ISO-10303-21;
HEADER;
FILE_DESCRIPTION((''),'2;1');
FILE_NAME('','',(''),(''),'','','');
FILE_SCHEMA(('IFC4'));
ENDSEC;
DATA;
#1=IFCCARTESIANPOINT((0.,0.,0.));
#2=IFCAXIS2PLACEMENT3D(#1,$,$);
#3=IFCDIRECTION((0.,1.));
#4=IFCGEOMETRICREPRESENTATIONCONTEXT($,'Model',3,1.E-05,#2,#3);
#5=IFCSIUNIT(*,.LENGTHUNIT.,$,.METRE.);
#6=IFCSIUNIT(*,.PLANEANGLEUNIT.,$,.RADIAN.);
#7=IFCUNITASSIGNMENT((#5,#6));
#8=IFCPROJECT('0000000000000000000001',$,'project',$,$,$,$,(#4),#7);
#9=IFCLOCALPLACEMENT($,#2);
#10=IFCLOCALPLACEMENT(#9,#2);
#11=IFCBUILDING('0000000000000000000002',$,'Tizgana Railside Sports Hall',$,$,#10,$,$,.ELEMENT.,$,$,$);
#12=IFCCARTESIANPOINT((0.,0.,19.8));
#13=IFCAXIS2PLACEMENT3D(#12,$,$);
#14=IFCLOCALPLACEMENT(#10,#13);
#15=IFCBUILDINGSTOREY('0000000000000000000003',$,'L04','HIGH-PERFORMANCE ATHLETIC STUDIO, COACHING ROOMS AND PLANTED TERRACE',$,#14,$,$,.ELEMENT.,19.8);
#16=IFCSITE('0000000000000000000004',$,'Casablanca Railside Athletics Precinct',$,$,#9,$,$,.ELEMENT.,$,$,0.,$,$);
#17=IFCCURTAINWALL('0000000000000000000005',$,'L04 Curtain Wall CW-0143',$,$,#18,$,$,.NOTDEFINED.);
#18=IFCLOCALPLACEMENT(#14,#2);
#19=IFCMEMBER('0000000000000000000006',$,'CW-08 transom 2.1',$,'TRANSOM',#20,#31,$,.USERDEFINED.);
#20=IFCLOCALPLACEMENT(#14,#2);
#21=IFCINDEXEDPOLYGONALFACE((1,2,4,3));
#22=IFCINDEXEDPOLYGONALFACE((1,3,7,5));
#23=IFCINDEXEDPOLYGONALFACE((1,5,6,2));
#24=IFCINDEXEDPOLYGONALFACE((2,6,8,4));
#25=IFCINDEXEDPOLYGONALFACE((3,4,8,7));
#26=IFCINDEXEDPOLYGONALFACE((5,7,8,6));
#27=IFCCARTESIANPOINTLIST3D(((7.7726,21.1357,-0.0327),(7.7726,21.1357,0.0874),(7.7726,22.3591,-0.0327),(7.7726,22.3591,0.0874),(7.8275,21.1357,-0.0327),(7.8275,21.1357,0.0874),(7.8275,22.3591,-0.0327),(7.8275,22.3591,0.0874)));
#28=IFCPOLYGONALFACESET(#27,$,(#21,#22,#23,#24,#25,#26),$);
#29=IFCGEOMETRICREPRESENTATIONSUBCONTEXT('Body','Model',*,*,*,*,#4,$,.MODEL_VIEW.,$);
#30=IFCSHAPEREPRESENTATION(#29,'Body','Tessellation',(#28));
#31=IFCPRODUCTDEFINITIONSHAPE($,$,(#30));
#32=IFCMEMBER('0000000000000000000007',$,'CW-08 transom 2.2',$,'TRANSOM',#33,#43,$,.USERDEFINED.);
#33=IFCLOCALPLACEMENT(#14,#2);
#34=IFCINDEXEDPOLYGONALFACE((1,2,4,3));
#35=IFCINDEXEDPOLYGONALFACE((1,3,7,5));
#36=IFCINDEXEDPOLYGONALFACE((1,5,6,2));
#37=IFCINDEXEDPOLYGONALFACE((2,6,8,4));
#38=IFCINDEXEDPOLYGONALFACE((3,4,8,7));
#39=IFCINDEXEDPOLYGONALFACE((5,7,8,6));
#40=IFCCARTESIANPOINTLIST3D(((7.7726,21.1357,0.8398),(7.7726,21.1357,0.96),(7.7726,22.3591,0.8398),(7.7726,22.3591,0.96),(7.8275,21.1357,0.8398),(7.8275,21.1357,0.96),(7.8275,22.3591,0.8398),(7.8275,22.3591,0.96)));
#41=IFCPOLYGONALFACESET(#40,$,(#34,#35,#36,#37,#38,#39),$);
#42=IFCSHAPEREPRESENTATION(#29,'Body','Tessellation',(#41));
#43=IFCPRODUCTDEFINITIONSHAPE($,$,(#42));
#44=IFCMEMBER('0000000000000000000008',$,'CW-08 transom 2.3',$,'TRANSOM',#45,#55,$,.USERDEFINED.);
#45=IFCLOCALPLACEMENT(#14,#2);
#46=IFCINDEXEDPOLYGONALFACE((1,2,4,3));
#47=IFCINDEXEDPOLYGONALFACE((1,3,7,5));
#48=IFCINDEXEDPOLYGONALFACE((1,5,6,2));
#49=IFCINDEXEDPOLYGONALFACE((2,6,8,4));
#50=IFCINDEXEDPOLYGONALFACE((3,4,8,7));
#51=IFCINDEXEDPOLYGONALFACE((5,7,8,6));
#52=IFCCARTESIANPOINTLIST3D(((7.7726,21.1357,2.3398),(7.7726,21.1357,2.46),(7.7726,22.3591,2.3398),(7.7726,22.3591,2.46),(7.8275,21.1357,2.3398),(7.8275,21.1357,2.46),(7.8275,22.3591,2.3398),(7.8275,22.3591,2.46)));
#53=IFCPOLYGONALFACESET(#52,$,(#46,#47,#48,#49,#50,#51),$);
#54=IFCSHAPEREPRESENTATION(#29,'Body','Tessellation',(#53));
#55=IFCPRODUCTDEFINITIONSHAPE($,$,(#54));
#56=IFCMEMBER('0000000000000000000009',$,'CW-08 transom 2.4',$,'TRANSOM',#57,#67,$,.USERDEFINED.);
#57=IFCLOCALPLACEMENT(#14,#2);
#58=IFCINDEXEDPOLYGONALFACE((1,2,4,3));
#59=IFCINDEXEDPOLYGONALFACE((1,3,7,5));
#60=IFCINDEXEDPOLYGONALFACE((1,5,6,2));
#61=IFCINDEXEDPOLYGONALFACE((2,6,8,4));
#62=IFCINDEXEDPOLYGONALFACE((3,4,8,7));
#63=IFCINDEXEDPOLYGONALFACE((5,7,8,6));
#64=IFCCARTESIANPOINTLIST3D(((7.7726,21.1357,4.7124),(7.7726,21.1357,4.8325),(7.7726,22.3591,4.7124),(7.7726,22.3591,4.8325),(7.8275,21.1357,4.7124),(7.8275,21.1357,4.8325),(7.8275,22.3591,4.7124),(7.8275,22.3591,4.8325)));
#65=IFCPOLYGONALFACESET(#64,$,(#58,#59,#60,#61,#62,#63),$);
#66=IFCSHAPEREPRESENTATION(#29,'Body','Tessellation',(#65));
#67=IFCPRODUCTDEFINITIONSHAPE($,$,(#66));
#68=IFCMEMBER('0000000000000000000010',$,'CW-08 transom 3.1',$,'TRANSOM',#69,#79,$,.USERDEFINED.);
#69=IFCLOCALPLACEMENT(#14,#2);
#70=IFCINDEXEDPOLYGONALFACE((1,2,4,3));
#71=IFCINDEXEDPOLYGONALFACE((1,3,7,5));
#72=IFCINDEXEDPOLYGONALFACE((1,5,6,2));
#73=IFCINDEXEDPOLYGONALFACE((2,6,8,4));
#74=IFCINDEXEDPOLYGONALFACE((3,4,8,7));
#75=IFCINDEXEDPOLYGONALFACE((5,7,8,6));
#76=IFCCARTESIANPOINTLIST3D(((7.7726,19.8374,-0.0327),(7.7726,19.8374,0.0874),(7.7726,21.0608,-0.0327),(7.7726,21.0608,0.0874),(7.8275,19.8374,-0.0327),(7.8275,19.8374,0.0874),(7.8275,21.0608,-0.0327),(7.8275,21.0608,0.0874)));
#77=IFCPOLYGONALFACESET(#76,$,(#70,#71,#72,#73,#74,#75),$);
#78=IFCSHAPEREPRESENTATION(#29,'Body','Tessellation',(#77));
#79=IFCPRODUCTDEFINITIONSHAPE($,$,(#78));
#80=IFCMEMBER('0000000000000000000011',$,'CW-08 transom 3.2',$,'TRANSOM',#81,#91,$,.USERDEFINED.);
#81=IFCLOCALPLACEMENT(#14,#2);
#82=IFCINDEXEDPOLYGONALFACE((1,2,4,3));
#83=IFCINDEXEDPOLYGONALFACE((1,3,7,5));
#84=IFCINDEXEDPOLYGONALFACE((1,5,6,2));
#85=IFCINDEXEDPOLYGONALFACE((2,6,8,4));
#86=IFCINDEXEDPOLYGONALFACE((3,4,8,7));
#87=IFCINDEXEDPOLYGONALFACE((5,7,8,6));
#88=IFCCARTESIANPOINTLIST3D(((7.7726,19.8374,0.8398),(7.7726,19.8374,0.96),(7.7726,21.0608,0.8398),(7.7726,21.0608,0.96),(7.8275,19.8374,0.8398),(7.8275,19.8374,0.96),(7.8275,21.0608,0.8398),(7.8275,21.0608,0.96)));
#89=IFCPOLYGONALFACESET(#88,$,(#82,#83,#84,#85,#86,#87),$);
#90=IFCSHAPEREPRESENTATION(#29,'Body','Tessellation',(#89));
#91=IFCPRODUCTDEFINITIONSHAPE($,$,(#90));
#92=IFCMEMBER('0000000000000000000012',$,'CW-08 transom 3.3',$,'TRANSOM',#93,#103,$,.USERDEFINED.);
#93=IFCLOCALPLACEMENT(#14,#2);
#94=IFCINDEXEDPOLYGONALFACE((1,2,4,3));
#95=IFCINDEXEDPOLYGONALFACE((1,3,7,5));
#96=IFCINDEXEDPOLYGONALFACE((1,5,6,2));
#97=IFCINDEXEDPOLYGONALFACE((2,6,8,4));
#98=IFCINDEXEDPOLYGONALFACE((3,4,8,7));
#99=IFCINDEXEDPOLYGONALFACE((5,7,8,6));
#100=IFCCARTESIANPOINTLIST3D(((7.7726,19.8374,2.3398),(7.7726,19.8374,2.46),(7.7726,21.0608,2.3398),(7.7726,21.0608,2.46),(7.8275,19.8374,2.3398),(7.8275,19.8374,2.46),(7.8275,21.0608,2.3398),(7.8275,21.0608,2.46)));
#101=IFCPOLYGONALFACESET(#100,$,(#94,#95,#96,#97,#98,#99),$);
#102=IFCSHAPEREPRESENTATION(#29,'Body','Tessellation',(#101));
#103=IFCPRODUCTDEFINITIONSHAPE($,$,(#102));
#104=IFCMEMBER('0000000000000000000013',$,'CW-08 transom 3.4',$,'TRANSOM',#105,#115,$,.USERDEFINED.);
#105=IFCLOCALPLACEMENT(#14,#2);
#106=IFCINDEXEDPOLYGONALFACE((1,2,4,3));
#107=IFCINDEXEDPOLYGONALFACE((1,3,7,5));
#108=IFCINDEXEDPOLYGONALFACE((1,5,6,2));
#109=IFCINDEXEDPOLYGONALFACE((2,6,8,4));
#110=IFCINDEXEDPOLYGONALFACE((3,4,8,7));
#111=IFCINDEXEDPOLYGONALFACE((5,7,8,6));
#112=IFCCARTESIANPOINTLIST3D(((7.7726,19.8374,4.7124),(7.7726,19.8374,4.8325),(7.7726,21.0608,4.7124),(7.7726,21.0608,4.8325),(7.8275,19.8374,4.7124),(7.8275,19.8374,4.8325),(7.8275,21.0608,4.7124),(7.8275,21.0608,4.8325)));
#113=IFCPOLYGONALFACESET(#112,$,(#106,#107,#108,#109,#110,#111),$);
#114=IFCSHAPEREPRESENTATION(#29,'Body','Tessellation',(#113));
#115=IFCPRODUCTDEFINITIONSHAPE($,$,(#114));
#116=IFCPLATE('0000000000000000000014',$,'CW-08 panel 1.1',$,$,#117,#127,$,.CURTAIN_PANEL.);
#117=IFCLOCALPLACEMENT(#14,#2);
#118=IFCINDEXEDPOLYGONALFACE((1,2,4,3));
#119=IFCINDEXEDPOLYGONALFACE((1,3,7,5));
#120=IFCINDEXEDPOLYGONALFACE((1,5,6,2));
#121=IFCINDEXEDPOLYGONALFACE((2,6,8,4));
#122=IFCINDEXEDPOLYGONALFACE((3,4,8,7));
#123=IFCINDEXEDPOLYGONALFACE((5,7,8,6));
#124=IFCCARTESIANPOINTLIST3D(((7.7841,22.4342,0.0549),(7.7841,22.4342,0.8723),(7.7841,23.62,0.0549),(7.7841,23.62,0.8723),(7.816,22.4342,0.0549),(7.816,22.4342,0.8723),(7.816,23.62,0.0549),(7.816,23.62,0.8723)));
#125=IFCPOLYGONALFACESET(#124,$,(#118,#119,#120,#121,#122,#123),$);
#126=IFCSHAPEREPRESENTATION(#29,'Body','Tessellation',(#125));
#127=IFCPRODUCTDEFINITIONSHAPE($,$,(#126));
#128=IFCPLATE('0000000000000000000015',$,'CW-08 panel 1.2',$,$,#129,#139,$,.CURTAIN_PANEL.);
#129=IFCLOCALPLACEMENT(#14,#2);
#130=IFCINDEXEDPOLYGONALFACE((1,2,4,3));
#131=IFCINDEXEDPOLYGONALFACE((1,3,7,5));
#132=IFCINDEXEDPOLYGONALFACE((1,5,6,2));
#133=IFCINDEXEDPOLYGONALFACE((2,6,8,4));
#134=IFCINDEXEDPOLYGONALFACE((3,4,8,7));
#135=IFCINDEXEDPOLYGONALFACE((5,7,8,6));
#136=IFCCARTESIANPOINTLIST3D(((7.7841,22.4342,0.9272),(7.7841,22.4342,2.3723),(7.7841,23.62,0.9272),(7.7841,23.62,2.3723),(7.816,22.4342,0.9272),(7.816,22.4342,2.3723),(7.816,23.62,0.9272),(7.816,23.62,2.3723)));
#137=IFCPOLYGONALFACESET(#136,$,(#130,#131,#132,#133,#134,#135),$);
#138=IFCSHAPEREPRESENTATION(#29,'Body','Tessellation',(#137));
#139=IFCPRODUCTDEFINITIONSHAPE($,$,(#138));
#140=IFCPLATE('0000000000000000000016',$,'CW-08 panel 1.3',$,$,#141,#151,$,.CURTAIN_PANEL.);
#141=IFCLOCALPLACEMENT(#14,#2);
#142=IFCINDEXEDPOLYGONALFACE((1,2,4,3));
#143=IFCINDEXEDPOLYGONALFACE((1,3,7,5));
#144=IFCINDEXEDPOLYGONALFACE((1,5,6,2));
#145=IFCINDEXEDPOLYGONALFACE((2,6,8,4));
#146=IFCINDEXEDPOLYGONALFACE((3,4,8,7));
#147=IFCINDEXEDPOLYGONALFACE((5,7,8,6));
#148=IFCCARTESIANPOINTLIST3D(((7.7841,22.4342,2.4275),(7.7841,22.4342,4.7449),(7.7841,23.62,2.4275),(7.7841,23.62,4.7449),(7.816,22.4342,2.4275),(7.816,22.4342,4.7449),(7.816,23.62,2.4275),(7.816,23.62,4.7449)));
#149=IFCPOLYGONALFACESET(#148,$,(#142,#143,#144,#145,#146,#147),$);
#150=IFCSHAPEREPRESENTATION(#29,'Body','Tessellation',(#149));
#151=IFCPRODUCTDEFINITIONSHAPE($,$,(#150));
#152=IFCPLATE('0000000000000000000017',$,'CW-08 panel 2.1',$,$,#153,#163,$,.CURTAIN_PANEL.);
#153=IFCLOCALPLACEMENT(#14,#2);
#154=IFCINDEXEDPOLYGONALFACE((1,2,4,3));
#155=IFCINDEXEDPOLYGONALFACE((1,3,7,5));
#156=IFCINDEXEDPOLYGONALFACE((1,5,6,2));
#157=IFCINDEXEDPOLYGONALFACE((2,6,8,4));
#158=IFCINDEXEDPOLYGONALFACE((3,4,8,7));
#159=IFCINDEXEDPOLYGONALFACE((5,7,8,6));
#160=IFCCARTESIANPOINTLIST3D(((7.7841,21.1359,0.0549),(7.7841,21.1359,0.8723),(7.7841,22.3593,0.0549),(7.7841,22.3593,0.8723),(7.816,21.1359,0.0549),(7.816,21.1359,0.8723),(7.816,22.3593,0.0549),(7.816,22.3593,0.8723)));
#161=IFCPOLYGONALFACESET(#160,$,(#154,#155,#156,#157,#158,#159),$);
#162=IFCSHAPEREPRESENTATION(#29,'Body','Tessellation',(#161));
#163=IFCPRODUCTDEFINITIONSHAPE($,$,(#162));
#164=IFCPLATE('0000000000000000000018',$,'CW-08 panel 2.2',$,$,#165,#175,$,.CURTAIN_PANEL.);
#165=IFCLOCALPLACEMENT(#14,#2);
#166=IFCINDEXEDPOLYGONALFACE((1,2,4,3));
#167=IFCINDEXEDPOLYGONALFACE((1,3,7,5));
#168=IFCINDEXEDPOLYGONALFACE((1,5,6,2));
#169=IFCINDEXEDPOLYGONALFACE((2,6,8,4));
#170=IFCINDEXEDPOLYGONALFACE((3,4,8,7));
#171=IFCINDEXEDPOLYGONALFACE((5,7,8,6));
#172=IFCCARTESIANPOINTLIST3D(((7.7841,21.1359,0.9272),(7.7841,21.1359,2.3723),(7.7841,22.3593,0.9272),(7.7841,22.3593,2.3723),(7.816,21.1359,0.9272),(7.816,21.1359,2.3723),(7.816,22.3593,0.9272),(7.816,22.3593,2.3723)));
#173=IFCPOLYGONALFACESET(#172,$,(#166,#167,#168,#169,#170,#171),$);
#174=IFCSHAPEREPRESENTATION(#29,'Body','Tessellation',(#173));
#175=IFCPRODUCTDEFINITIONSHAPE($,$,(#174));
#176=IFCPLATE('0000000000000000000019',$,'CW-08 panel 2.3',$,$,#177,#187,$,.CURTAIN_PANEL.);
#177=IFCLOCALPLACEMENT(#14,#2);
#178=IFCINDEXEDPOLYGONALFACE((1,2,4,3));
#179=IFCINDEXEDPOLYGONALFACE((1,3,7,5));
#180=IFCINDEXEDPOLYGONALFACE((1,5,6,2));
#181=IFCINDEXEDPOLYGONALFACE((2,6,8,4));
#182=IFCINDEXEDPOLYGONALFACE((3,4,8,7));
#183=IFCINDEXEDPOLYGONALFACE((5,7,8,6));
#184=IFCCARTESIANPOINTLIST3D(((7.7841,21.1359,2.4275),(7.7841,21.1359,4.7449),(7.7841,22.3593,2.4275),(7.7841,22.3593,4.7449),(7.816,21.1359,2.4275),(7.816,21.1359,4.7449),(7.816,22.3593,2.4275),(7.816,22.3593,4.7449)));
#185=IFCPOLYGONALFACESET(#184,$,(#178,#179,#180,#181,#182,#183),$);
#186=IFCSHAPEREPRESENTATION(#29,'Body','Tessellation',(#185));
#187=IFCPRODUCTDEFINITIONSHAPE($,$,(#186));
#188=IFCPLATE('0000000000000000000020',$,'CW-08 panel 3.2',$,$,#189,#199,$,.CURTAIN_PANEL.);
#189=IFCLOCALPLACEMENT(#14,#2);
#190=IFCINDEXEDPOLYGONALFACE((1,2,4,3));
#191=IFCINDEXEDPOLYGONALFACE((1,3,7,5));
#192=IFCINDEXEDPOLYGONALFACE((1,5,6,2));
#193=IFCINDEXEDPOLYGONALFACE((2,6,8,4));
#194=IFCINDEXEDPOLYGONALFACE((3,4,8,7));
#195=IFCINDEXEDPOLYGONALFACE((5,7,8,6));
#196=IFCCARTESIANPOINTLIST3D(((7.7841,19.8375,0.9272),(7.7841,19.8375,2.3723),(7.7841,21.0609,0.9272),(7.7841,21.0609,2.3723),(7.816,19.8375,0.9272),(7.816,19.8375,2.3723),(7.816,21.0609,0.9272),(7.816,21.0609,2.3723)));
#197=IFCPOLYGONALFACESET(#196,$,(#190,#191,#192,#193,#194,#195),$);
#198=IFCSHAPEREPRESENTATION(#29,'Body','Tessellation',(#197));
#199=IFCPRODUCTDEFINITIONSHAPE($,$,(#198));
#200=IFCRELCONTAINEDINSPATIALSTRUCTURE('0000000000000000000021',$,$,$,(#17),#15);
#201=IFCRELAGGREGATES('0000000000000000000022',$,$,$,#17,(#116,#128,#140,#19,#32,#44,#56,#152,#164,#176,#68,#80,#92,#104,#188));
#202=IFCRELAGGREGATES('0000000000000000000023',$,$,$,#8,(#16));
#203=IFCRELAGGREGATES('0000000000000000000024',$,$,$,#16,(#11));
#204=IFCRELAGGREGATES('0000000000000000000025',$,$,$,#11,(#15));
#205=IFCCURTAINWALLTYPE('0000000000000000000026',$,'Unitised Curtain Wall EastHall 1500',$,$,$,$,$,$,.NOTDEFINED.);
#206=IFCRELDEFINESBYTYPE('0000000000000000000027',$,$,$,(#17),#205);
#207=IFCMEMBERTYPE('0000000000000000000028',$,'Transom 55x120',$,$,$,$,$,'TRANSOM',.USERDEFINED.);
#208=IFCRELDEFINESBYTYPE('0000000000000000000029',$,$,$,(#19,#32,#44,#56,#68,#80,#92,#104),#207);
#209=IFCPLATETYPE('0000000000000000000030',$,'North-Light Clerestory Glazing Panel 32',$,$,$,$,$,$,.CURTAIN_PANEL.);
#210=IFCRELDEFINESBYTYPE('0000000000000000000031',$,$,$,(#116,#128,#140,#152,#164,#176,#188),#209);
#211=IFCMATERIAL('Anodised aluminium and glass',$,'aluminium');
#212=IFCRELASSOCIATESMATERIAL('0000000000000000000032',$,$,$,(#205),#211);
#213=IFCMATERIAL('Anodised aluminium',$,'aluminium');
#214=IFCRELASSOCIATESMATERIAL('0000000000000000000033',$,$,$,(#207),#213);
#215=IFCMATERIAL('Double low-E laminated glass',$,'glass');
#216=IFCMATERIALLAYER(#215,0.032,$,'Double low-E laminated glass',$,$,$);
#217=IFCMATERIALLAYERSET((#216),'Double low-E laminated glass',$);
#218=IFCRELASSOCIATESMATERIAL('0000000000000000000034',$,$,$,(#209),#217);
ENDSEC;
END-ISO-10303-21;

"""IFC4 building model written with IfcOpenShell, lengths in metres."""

from ifc_helpers import new_model, si_unit, direction, frame, origin, origin_2d, place, context, subcontext, project, spatial, rectangle, extrude, material, layer, layer_set, material_profile, profile_set, type_object, element, aggregate, save


model = new_model("IFC4")

# Units and contexts
model_context = context("Model", 3, precision=1e-05, world=origin(), true_north=direction((0.0, 1.0)))
body_context = subcontext(model_context, "Body", "Model", "MODEL_VIEW")
ifc_project = project(units=[si_unit("LENGTHUNIT", "METRE"), si_unit("PLANEANGLEUNIT", "RADIAN")], contexts=[model_context])

# Site, building, storey
site_placement = place(None, origin())
site = spatial("IfcSite", under=ifc_project, at=site_placement, Name="Casablanca Railside Athletics Precinct", CompositionType="ELEMENT", RefElevation=0.0)
building_placement = place(site_placement, origin())
building = spatial("IfcBuilding", under=site, at=building_placement, Name="Tizgana Railside Sports Hall", CompositionType="ELEMENT")
storey_placement = place(building_placement, frame((0.0, 0.0, 19.8)))
storey = spatial("IfcBuildingStorey", under=building, at=storey_placement, Name="L04", Description="HIGH-PERFORMANCE ATHLETIC STUDIO, COACHING ROOMS AND PLANTED TERRACE", CompositionType="ELEMENT", Elevation=19.8)

# Shared definitions
ifc_material_1 = material(Name="Anodised aluminium and glass", Category="aluminium")
ifc_material_2 = material(Name="Anodised aluminium", Category="aluminium")

# Curtain wall
curtain_wall_type_1 = type_object("IfcCurtainWallType", Name="Unitised Curtain Wall EastHall 1500", PredefinedType="NOTDEFINED", material=ifc_material_1)
curtain_wall_1_placement = place(storey_placement, origin())
curtain_wall_1 = element("IfcCurtainWall", 1, at=curtain_wall_1_placement, inside=storey, type_object=curtain_wall_type_1, Name="L04 Curtain Wall CW-0143", PredefinedType="NOTDEFINED")

# Members
ifc_material_profile_1 = material_profile(ifc_material_2, rectangle(XDim=0.0549, YDim=0.1201, at=origin_2d()), Name="Transom 55x120")
ifc_profile_set_1 = profile_set([ifc_material_profile_1], Name="Anodised aluminium")
member_type_1 = type_object("IfcMemberType", Name="Transom 55x120", ElementType="TRANSOM", PredefinedType="USERDEFINED", material=ifc_profile_set_1)
member_1_placement = place(storey_placement, frame((7.8, 22.3591, 0.0273), z_axis=(0.0, -1.0, 0.0), x_axis=(1.0, 0.0, 0.0)))
member_1 = element("IfcMember", 2, at=member_1_placement, type_object=member_type_1, Name="CW-08 transom 2.1", ObjectType="TRANSOM", PredefinedType="USERDEFINED", context=body_context, shape_type="SweptSolid", body=[
    extrude(rectangle(XDim=0.0549, YDim=0.1201, at=origin_2d()), origin(), (0.0, 0.0, 1.0), 1.2234),
])
member_2_placement = place(storey_placement, frame((7.8, 22.3591, 0.8999), z_axis=(0.0, -1.0, 0.0), x_axis=(1.0, 0.0, 0.0)))
member_2 = element("IfcMember", 3, at=member_2_placement, type_object=member_type_1, Name="CW-08 transom 2.2", ObjectType="TRANSOM", PredefinedType="USERDEFINED", context=body_context, shape_type="SweptSolid", body=[
    extrude(rectangle(XDim=0.0549, YDim=0.1201, at=origin_2d()), origin(), (0.0, 0.0, 1.0), 1.2234),
])
member_3_placement = place(storey_placement, frame((7.8, 22.3591, 2.3999), z_axis=(0.0, -1.0, 0.0), x_axis=(1.0, 0.0, 0.0)))
member_3 = element("IfcMember", 4, at=member_3_placement, type_object=member_type_1, Name="CW-08 transom 2.3", ObjectType="TRANSOM", PredefinedType="USERDEFINED", context=body_context, shape_type="SweptSolid", body=[
    extrude(rectangle(XDim=0.0549, YDim=0.1201, at=origin_2d()), origin(), (0.0, 0.0, 1.0), 1.2234),
])
member_4_placement = place(storey_placement, frame((7.8, 22.3591, 4.7725), z_axis=(0.0, -1.0, 0.0), x_axis=(1.0, 0.0, 0.0)))
member_4 = element("IfcMember", 5, at=member_4_placement, type_object=member_type_1, Name="CW-08 transom 2.4", ObjectType="TRANSOM", PredefinedType="USERDEFINED", context=body_context, shape_type="SweptSolid", body=[
    extrude(rectangle(XDim=0.0549, YDim=0.1201, at=origin_2d()), origin(), (0.0, 0.0, 1.0), 1.2234),
])
member_5_placement = place(storey_placement, frame((7.8, 21.0608, 0.0273), z_axis=(0.0, -1.0, 0.0), x_axis=(1.0, 0.0, 0.0)))
member_5 = element("IfcMember", 6, at=member_5_placement, type_object=member_type_1, Name="CW-08 transom 3.1", ObjectType="TRANSOM", PredefinedType="USERDEFINED", context=body_context, shape_type="SweptSolid", body=[
    extrude(rectangle(XDim=0.0549, YDim=0.1201, at=origin_2d()), origin(), (0.0, 0.0, 1.0), 1.2234),
])
member_6_placement = place(storey_placement, frame((7.8, 21.0608, 0.8999), z_axis=(0.0, -1.0, 0.0), x_axis=(1.0, 0.0, 0.0)))
member_6 = element("IfcMember", 7, at=member_6_placement, type_object=member_type_1, Name="CW-08 transom 3.2", ObjectType="TRANSOM", PredefinedType="USERDEFINED", context=body_context, shape_type="SweptSolid", body=[
    extrude(rectangle(XDim=0.0549, YDim=0.1201, at=origin_2d()), origin(), (0.0, 0.0, 1.0), 1.2234),
])
member_7_placement = place(storey_placement, frame((7.8, 21.0608, 2.3999), z_axis=(0.0, -1.0, 0.0), x_axis=(1.0, 0.0, 0.0)))
member_7 = element("IfcMember", 8, at=member_7_placement, type_object=member_type_1, Name="CW-08 transom 3.3", ObjectType="TRANSOM", PredefinedType="USERDEFINED", context=body_context, shape_type="SweptSolid", body=[
    extrude(rectangle(XDim=0.0549, YDim=0.1201, at=origin_2d()), origin(), (0.0, 0.0, 1.0), 1.2234),
])
member_8_placement = place(storey_placement, frame((7.8, 21.0608, 4.7725), z_axis=(0.0, -1.0, 0.0), x_axis=(1.0, 0.0, 0.0)))
member_8 = element("IfcMember", 9, at=member_8_placement, type_object=member_type_1, Name="CW-08 transom 3.4", ObjectType="TRANSOM", PredefinedType="USERDEFINED", context=body_context, shape_type="SweptSolid", body=[
    extrude(rectangle(XDim=0.0549, YDim=0.1201, at=origin_2d()), origin(), (0.0, 0.0, 1.0), 1.2234),
])

# Plates
ifc_material_3 = material(Name="Double low-E laminated glass", Category="glass")
ifc_layer_1 = layer(ifc_material_3, 0.032, Name="Double low-E laminated glass")
ifc_layer_set_1 = layer_set([ifc_layer_1], Name="Double low-E laminated glass")
plate_type = type_object("IfcPlateType", Name="North-Light Clerestory Glazing Panel 32", PredefinedType="CURTAIN_PANEL", material=ifc_layer_set_1)
plate_1_placement = place(storey_placement, frame((7.8, 23.0271, 0.0549), z_axis=(0.0, 0.0, 1.0), x_axis=(0.0, -1.0, 0.0)))
plate_1 = element("IfcPlate", 10, at=plate_1_placement, type_object=plate_type, Name="CW-08 panel 1.1", PredefinedType="CURTAIN_PANEL", context=body_context, shape_type="SweptSolid", body=[
    extrude(rectangle(XDim=1.1858, YDim=0.032, at=origin_2d()), origin(), (0.0, 0.0, 1.0), 0.8174),
])
plate_2_placement = place(storey_placement, frame((7.8, 23.0271, 0.9272), z_axis=(0.0, 0.0, 1.0), x_axis=(0.0, -1.0, 0.0)))
plate_2 = element("IfcPlate", 11, at=plate_2_placement, type_object=plate_type, Name="CW-08 panel 1.2", PredefinedType="CURTAIN_PANEL", context=body_context, shape_type="SweptSolid", body=[
    extrude(rectangle(XDim=1.1858, YDim=0.032, at=origin_2d()), origin(), (0.0, 0.0, 1.0), 1.4451),
])
plate_3_placement = place(storey_placement, frame((7.8, 23.0271, 2.4275), z_axis=(0.0, 0.0, 1.0), x_axis=(0.0, -1.0, 0.0)))
plate_3 = element("IfcPlate", 12, at=plate_3_placement, type_object=plate_type, Name="CW-08 panel 1.3", PredefinedType="CURTAIN_PANEL", context=body_context, shape_type="SweptSolid", body=[
    extrude(rectangle(XDim=1.1858, YDim=0.032, at=origin_2d()), origin(), (0.0, 0.0, 1.0), 2.3174),
])
plate_4_placement = place(storey_placement, frame((7.8, 21.7476, 0.0549), z_axis=(0.0, 0.0, 1.0), x_axis=(0.0, -1.0, 0.0)))
plate_4 = element("IfcPlate", 13, at=plate_4_placement, type_object=plate_type, Name="CW-08 panel 2.1", PredefinedType="CURTAIN_PANEL", context=body_context, shape_type="SweptSolid", body=[
    extrude(rectangle(XDim=1.2234, YDim=0.032, at=origin_2d()), origin(), (0.0, 0.0, 1.0), 0.8174),
])
plate_5_placement = place(storey_placement, frame((7.8, 21.7476, 0.9272), z_axis=(0.0, 0.0, 1.0), x_axis=(0.0, -1.0, 0.0)))
plate_5 = element("IfcPlate", 14, at=plate_5_placement, type_object=plate_type, Name="CW-08 panel 2.2", PredefinedType="CURTAIN_PANEL", context=body_context, shape_type="SweptSolid", body=[
    extrude(rectangle(XDim=1.2234, YDim=0.032, at=origin_2d()), origin(), (0.0, 0.0, 1.0), 1.4451),
])
plate_6_placement = place(storey_placement, frame((7.8, 21.7476, 2.4275), z_axis=(0.0, 0.0, 1.0), x_axis=(0.0, -1.0, 0.0)))
plate_6 = element("IfcPlate", 15, at=plate_6_placement, type_object=plate_type, Name="CW-08 panel 2.3", PredefinedType="CURTAIN_PANEL", context=body_context, shape_type="SweptSolid", body=[
    extrude(rectangle(XDim=1.2234, YDim=0.032, at=origin_2d()), origin(), (0.0, 0.0, 1.0), 2.3174),
])
plate_7_placement = place(storey_placement, frame((7.8, 20.4492, 0.9272), z_axis=(0.0, 0.0, 1.0), x_axis=(0.0, -1.0, 0.0)))
plate_7 = element("IfcPlate", 16, at=plate_7_placement, type_object=plate_type, Name="CW-08 panel 3.2", PredefinedType="CURTAIN_PANEL", context=body_context, shape_type="SweptSolid", body=[
    extrude(rectangle(XDim=1.2234, YDim=0.032, at=origin_2d()), origin(), (0.0, 0.0, 1.0), 1.4451),
])
aggregate(curtain_wall_1, [plate_1, plate_2, plate_3, member_1, member_2, member_3, member_4, plate_4, plate_5, plate_6, member_5, member_6, member_7, member_8, plate_7])

save(model, "model.ifc")
